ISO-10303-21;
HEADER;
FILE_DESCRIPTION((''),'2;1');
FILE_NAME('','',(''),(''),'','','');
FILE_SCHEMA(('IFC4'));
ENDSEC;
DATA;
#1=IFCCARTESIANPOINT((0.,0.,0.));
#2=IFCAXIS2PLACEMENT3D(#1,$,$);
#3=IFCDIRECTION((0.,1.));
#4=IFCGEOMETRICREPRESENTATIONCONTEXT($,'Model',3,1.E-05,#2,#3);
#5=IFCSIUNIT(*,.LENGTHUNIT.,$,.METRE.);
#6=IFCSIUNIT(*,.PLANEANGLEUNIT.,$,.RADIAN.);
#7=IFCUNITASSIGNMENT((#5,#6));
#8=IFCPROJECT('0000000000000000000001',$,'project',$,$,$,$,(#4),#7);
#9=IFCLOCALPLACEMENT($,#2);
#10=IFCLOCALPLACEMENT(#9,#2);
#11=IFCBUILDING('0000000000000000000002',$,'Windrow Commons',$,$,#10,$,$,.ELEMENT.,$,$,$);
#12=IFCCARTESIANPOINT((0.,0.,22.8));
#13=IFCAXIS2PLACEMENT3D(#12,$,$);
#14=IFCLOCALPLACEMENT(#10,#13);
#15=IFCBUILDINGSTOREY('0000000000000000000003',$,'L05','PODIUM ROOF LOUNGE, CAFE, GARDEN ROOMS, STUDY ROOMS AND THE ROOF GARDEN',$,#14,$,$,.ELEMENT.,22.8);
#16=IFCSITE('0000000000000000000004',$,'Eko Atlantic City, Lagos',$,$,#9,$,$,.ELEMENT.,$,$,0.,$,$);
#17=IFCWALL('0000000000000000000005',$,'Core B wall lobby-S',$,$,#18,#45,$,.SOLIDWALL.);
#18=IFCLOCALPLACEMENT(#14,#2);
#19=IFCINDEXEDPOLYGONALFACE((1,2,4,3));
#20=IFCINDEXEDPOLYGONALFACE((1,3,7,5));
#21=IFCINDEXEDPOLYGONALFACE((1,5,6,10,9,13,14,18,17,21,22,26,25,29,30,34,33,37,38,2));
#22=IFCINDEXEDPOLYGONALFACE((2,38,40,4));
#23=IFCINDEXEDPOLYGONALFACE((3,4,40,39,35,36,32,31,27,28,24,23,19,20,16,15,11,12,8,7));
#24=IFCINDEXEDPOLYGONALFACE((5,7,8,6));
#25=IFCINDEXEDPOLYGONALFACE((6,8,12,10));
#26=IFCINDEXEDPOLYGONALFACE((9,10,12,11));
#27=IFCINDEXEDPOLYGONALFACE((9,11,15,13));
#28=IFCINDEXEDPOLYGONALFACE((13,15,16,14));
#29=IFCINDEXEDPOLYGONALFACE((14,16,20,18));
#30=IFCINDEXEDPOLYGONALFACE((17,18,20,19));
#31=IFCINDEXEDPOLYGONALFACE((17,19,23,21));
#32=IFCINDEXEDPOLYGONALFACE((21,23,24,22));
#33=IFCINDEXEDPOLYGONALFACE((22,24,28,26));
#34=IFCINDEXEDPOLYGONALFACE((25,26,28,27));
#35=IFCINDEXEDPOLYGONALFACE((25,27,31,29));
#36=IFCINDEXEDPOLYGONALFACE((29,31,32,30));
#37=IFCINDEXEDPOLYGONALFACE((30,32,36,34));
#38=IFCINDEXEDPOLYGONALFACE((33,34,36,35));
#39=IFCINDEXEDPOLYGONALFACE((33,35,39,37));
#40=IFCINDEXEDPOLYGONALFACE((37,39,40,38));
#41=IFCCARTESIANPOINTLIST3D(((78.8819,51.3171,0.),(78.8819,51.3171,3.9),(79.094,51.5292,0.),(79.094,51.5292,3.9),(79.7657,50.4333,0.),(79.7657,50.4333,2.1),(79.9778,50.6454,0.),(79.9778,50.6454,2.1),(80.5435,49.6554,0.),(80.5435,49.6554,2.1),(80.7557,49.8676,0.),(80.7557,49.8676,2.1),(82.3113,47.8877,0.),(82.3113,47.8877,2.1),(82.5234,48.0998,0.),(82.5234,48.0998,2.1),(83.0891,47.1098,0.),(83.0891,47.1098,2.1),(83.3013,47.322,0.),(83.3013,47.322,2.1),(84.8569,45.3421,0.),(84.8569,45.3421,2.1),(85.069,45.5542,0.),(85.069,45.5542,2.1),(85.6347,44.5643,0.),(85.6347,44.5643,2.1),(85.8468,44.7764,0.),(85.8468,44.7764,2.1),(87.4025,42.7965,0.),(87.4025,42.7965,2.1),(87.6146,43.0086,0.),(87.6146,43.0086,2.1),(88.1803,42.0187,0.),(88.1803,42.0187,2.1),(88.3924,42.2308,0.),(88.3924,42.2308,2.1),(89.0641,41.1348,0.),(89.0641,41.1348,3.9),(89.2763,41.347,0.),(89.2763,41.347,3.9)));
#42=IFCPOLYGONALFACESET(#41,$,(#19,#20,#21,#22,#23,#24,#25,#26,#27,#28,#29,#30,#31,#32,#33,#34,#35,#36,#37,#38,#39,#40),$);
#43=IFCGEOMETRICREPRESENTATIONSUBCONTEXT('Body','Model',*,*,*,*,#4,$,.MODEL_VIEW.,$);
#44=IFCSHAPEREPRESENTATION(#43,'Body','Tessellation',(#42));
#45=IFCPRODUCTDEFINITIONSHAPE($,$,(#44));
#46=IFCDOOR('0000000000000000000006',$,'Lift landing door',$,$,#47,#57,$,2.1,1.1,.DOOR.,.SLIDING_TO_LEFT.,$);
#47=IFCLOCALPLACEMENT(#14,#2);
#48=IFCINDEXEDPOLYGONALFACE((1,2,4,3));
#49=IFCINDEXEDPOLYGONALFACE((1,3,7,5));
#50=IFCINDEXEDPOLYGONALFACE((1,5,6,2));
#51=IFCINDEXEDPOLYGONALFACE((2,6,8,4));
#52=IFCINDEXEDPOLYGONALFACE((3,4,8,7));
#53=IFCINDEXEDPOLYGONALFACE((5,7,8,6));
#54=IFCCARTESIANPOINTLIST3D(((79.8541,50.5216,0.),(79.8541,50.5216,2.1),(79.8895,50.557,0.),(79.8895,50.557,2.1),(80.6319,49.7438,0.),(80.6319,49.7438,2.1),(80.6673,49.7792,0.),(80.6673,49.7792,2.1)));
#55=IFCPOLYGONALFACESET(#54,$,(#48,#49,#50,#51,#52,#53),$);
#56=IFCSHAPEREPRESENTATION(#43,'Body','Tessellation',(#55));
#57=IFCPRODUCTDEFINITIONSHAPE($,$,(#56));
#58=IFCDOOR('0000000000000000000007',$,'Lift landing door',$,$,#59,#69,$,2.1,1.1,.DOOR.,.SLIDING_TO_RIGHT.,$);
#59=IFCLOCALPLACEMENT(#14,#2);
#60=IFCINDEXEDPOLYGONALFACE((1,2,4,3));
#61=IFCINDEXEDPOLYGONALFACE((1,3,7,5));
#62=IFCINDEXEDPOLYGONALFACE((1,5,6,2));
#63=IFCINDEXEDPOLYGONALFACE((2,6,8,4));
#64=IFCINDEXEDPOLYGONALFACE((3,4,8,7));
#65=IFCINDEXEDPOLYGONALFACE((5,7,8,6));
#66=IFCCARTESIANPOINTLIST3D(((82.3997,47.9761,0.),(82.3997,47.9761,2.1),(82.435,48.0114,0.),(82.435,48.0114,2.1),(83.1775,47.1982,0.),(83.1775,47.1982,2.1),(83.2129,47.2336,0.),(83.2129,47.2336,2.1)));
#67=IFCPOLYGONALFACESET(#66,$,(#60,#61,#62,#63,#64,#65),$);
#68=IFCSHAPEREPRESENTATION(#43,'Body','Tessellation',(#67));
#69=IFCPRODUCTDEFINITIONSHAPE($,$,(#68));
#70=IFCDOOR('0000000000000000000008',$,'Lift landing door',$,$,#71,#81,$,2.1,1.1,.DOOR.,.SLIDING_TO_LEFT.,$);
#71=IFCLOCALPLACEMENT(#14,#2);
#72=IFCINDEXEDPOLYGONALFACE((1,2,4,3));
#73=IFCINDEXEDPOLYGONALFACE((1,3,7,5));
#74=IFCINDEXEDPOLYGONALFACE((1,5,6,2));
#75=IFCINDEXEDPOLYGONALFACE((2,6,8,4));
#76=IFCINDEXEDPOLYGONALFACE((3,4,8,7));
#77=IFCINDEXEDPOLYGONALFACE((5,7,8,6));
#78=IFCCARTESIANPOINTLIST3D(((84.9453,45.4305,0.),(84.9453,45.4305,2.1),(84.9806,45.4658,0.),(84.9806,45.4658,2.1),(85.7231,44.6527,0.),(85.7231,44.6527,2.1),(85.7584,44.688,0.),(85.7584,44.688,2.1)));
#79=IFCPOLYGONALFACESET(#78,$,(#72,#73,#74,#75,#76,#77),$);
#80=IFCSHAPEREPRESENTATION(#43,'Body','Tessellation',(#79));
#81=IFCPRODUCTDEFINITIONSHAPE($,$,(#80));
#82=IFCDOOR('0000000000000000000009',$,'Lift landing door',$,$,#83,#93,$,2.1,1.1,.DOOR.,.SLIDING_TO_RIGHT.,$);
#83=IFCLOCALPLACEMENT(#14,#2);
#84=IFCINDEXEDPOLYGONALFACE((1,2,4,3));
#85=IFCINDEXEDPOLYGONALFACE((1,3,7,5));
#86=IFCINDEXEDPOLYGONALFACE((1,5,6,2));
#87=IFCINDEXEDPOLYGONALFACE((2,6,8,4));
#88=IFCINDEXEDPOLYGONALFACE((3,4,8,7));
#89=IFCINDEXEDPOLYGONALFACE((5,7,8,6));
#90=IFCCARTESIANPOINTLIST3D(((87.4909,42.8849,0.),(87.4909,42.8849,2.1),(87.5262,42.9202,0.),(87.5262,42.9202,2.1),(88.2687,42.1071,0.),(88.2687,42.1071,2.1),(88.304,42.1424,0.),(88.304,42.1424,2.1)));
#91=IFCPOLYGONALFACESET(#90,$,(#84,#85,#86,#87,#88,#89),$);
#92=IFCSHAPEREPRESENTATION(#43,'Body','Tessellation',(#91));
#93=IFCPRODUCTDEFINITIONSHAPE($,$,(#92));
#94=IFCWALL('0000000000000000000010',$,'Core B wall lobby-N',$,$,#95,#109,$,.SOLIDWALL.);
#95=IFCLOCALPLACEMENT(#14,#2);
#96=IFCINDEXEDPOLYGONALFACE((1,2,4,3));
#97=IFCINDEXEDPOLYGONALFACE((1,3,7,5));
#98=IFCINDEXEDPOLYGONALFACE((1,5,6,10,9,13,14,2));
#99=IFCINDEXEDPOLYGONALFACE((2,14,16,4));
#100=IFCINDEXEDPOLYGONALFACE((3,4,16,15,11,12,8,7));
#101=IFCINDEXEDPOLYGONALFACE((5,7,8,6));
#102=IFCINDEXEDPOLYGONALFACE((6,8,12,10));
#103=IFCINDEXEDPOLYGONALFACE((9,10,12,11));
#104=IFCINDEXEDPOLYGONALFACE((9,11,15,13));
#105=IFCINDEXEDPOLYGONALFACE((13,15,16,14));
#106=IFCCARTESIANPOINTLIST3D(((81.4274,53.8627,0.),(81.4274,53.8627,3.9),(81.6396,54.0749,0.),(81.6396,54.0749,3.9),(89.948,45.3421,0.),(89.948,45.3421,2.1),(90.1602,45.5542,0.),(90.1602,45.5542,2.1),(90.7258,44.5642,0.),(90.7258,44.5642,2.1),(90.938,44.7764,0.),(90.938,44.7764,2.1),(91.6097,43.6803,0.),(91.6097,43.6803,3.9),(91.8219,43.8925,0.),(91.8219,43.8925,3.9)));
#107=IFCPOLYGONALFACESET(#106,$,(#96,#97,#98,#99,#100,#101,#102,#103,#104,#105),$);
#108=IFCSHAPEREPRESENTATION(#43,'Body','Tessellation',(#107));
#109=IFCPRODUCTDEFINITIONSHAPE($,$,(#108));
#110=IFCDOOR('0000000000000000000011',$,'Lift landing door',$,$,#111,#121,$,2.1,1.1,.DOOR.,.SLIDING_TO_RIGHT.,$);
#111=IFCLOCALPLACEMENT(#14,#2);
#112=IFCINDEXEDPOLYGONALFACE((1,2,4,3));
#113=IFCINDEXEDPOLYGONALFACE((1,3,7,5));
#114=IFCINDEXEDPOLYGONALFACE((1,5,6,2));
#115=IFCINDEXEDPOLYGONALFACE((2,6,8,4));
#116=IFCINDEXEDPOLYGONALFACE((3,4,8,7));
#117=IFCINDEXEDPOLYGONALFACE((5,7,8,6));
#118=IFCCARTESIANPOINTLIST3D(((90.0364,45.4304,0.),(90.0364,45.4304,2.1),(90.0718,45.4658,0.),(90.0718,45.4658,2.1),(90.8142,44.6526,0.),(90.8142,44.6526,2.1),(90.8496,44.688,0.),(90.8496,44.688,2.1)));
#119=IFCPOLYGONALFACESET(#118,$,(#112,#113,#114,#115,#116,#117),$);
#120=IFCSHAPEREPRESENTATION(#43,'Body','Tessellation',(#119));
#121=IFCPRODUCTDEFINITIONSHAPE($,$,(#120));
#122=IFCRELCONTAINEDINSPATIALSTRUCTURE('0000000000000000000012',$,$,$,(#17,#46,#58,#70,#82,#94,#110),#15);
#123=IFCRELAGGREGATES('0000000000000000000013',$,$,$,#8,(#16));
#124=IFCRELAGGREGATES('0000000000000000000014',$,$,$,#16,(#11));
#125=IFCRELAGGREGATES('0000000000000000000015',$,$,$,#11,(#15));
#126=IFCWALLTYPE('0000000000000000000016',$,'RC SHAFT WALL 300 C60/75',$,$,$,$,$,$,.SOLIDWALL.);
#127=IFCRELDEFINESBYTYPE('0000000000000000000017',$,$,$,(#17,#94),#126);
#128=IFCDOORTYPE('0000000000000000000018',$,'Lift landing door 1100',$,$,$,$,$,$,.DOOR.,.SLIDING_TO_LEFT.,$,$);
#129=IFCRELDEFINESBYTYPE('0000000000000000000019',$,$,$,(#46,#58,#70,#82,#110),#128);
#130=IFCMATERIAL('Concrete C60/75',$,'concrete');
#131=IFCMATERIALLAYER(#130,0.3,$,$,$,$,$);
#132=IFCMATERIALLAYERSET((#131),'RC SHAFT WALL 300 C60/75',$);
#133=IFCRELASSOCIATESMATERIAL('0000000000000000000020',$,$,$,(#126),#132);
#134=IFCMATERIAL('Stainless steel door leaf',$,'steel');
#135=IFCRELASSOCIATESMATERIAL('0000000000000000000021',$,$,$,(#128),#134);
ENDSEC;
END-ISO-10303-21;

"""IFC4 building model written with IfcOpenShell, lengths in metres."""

from ifc_helpers import new_model, si_unit, direction, frame, frame_2d, origin, place, context, subcontext, project, spatial, rectangle, extrude, material, layer, layer_set, type_object, element, fill, save


model = new_model("IFC4")

# Units and contexts
model_context = context("Model", 3, precision=1e-05, world=origin(), true_north=direction((0.0, 1.0)))
body_context = subcontext(model_context, "Body", "Model", "MODEL_VIEW")
ifc_project = project(units=[si_unit("LENGTHUNIT", "METRE"), si_unit("PLANEANGLEUNIT", "RADIAN")], contexts=[model_context])

# Site, building, storey
site_placement = place(None, origin())
site = spatial("IfcSite", under=ifc_project, at=site_placement, Name="Eko Atlantic City, Lagos", CompositionType="ELEMENT", RefElevation=0.0)
building_placement = place(site_placement, origin())
building = spatial("IfcBuilding", under=site, at=building_placement, Name="Windrow Commons", CompositionType="ELEMENT")
storey_placement = place(building_placement, frame((0.0, 0.0, 22.8)))
storey = spatial("IfcBuildingStorey", under=building, at=storey_placement, Name="L05", Description="PODIUM ROOF LOUNGE, CAFE, GARDEN ROOMS, STUDY ROOMS AND THE ROOF GARDEN", CompositionType="ELEMENT", Elevation=22.8)

# Wall, openings, doors
ifc_material_1 = material(Name="Concrete C60/75", Category="concrete")
ifc_layer_1 = layer(ifc_material_1, 0.3)
ifc_layer_set_1 = layer_set([ifc_layer_1], Name="RC SHAFT WALL 300 C60/75")
wall_type_1 = type_object("IfcWallType", Name="RC SHAFT WALL 300 C60/75", PredefinedType="SOLIDWALL", material=ifc_layer_set_1)
wall_1_placement = place(storey_placement, frame((78.9879, 51.4232, 0.0), z_axis=(0.0, 0.0, 1.0), x_axis=(0.707107, -0.707107, 0.0)))
wall_1 = element("IfcWall", 1, at=wall_1_placement, inside=storey, type_object=wall_type_1, Name="Core B wall lobby-S", PredefinedType="SOLIDWALL", context=body_context, shape_type="SweptSolid", body=[
    extrude(rectangle(XDim=14.3999, YDim=0.3, at=frame_2d((7.2, 0.0))), origin(), (0.0, 0.0, 1.0), 3.9),
])
opening_1_placement = place(wall_1_placement, frame((1.25, 0.0, 0.0)))
opening_1 = element("IfcOpeningElement", 2, at=opening_1_placement, cuts=wall_1, PredefinedType="OPENING", context=body_context, shape_type="SweptSolid", body=[
    extrude(rectangle(XDim=1.1, YDim=2.1, at=frame_2d((0.55, 1.05))), frame((0.0, 0.16, 0.0), z_axis=(0.0, -1.0, 0.0), x_axis=(1.0, 0.0, 0.0)), (0.0, 0.0, 1.0), 0.32),
])
opening_2_placement = place(wall_1_placement, frame((4.85, 0.0, 0.0)))
opening_2 = element("IfcOpeningElement", 3, at=opening_2_placement, cuts=wall_1, PredefinedType="OPENING", context=body_context, shape_type="SweptSolid", body=[
    extrude(rectangle(XDim=1.1, YDim=2.1, at=frame_2d((0.55, 1.05))), frame((0.0, 0.16, 0.0), z_axis=(0.0, -1.0, 0.0), x_axis=(1.0, 0.0, 0.0)), (0.0, 0.0, 1.0), 0.32),
])
opening_3_placement = place(wall_1_placement, frame((8.45, 0.0, 0.0)))
opening_3 = element("IfcOpeningElement", 4, at=opening_3_placement, cuts=wall_1, PredefinedType="OPENING", context=body_context, shape_type="SweptSolid", body=[
    extrude(rectangle(XDim=1.1, YDim=2.1, at=frame_2d((0.55, 1.05))), frame((0.0, 0.16, 0.0), z_axis=(0.0, -1.0, 0.0), x_axis=(1.0, 0.0, 0.0)), (0.0, 0.0, 1.0), 0.32),
])
opening_4_placement = place(wall_1_placement, frame((12.05, 0.0, 0.0)))
opening_4 = element("IfcOpeningElement", 5, at=opening_4_placement, cuts=wall_1, PredefinedType="OPENING", context=body_context, shape_type="SweptSolid", body=[
    extrude(rectangle(XDim=1.1, YDim=2.1, at=frame_2d((0.55, 1.05))), frame((0.0, 0.16, 0.0), z_axis=(0.0, -1.0, 0.0), x_axis=(1.0, 0.0, 0.0)), (0.0, 0.0, 1.0), 0.32),
])
ifc_material_2 = material(Name="Stainless steel door leaf", Category="steel")
door_type_1 = type_object("IfcDoorType", Name="Lift landing door 1100", OperationType="SLIDING_TO_LEFT", PredefinedType="DOOR", material=ifc_material_2)
door_1_placement = place(opening_1_placement, origin())
door_1 = element("IfcDoor", 6, at=door_1_placement, inside=storey, type_object=door_type_1, Name="Lift landing door", OperationType="SLIDING_TO_LEFT", OverallHeight=2.1, OverallWidth=1.1, PredefinedType="DOOR", context=body_context, shape_type="SweptSolid", body=[
    extrude(rectangle(XDim=1.1, YDim=2.1, at=frame_2d((0.55, 1.05))), frame((0.0, 0.025, 0.0), z_axis=(0.0, -1.0, 0.0), x_axis=(1.0, 0.0, 0.0)), (0.0, 0.0, 1.0), 0.05),
])
fill(opening_1, door_1)
door_2_placement = place(opening_2_placement, origin())
door_2 = element("IfcDoor", 7, at=door_2_placement, inside=storey, type_object=door_type_1, Name="Lift landing door", OperationType="SLIDING_TO_RIGHT", OverallHeight=2.1, OverallWidth=1.1, PredefinedType="DOOR", context=body_context, shape_type="SweptSolid", body=[
    extrude(rectangle(XDim=1.1, YDim=2.1, at=frame_2d((0.55, 1.05))), frame((0.0, 0.025, 0.0), z_axis=(0.0, -1.0, 0.0), x_axis=(1.0, 0.0, 0.0)), (0.0, 0.0, 1.0), 0.05),
])
fill(opening_2, door_2)
door_3_placement = place(opening_3_placement, origin())
door_3 = element("IfcDoor", 8, at=door_3_placement, inside=storey, type_object=door_type_1, Name="Lift landing door", OperationType="SLIDING_TO_LEFT", OverallHeight=2.1, OverallWidth=1.1, PredefinedType="DOOR", context=body_context, shape_type="SweptSolid", body=[
    extrude(rectangle(XDim=1.1, YDim=2.1, at=frame_2d((0.55, 1.05))), frame((0.0, 0.025, 0.0), z_axis=(0.0, -1.0, 0.0), x_axis=(1.0, 0.0, 0.0)), (0.0, 0.0, 1.0), 0.05),
])
fill(opening_3, door_3)
door_4_placement = place(opening_4_placement, origin())
door_4 = element("IfcDoor", 9, at=door_4_placement, inside=storey, type_object=door_type_1, Name="Lift landing door", OperationType="SLIDING_TO_RIGHT", OverallHeight=2.1, OverallWidth=1.1, PredefinedType="DOOR", context=body_context, shape_type="SweptSolid", body=[
    extrude(rectangle(XDim=1.1, YDim=2.1, at=frame_2d((0.55, 1.05))), frame((0.0, 0.025, 0.0), z_axis=(0.0, -1.0, 0.0), x_axis=(1.0, 0.0, 0.0)), (0.0, 0.0, 1.0), 0.05),
])
fill(opening_4, door_4)

# Wall, opening, door
wall_2_placement = place(storey_placement, frame((81.5335, 53.9688, 0.0), z_axis=(0.0, 0.0, 1.0), x_axis=(0.707103, -0.70711, 0.0)))
wall_2 = element("IfcWall", 10, at=wall_2_placement, inside=storey, type_object=wall_type_1, Name="Core B wall lobby-N", PredefinedType="SOLIDWALL", context=body_context, shape_type="SweptSolid", body=[
    extrude(rectangle(XDim=14.4, YDim=0.3, at=frame_2d((7.2, 0.0))), origin(), (0.0, 0.0, 1.0), 3.9),
])
opening_5_placement = place(wall_2_placement, frame((12.05, 0.0, 0.0)))
opening_5 = element("IfcOpeningElement", 11, at=opening_5_placement, cuts=wall_2, PredefinedType="OPENING", context=body_context, shape_type="SweptSolid", body=[
    extrude(rectangle(XDim=1.1, YDim=2.1, at=frame_2d((0.55, 1.05))), frame((0.0, 0.16, 0.0), z_axis=(0.0, -1.0, 0.0), x_axis=(1.0, 0.0, 0.0)), (0.0, 0.0, 1.0), 0.32),
])
door_5_placement = place(opening_5_placement, origin())
door_5 = element("IfcDoor", 12, at=door_5_placement, inside=storey, type_object=door_type_1, Name="Lift landing door", OperationType="SLIDING_TO_RIGHT", OverallHeight=2.1, OverallWidth=1.1, PredefinedType="DOOR", context=body_context, shape_type="SweptSolid", body=[
    extrude(rectangle(XDim=1.1, YDim=2.1, at=frame_2d((0.55, 1.05))), frame((0.0, 0.025, 0.0), z_axis=(0.0, -1.0, 0.0), x_axis=(1.0, 0.0, 0.0)), (0.0, 0.0, 1.0), 0.05),
])
fill(opening_5, door_5)

save(model, "model.ifc")
